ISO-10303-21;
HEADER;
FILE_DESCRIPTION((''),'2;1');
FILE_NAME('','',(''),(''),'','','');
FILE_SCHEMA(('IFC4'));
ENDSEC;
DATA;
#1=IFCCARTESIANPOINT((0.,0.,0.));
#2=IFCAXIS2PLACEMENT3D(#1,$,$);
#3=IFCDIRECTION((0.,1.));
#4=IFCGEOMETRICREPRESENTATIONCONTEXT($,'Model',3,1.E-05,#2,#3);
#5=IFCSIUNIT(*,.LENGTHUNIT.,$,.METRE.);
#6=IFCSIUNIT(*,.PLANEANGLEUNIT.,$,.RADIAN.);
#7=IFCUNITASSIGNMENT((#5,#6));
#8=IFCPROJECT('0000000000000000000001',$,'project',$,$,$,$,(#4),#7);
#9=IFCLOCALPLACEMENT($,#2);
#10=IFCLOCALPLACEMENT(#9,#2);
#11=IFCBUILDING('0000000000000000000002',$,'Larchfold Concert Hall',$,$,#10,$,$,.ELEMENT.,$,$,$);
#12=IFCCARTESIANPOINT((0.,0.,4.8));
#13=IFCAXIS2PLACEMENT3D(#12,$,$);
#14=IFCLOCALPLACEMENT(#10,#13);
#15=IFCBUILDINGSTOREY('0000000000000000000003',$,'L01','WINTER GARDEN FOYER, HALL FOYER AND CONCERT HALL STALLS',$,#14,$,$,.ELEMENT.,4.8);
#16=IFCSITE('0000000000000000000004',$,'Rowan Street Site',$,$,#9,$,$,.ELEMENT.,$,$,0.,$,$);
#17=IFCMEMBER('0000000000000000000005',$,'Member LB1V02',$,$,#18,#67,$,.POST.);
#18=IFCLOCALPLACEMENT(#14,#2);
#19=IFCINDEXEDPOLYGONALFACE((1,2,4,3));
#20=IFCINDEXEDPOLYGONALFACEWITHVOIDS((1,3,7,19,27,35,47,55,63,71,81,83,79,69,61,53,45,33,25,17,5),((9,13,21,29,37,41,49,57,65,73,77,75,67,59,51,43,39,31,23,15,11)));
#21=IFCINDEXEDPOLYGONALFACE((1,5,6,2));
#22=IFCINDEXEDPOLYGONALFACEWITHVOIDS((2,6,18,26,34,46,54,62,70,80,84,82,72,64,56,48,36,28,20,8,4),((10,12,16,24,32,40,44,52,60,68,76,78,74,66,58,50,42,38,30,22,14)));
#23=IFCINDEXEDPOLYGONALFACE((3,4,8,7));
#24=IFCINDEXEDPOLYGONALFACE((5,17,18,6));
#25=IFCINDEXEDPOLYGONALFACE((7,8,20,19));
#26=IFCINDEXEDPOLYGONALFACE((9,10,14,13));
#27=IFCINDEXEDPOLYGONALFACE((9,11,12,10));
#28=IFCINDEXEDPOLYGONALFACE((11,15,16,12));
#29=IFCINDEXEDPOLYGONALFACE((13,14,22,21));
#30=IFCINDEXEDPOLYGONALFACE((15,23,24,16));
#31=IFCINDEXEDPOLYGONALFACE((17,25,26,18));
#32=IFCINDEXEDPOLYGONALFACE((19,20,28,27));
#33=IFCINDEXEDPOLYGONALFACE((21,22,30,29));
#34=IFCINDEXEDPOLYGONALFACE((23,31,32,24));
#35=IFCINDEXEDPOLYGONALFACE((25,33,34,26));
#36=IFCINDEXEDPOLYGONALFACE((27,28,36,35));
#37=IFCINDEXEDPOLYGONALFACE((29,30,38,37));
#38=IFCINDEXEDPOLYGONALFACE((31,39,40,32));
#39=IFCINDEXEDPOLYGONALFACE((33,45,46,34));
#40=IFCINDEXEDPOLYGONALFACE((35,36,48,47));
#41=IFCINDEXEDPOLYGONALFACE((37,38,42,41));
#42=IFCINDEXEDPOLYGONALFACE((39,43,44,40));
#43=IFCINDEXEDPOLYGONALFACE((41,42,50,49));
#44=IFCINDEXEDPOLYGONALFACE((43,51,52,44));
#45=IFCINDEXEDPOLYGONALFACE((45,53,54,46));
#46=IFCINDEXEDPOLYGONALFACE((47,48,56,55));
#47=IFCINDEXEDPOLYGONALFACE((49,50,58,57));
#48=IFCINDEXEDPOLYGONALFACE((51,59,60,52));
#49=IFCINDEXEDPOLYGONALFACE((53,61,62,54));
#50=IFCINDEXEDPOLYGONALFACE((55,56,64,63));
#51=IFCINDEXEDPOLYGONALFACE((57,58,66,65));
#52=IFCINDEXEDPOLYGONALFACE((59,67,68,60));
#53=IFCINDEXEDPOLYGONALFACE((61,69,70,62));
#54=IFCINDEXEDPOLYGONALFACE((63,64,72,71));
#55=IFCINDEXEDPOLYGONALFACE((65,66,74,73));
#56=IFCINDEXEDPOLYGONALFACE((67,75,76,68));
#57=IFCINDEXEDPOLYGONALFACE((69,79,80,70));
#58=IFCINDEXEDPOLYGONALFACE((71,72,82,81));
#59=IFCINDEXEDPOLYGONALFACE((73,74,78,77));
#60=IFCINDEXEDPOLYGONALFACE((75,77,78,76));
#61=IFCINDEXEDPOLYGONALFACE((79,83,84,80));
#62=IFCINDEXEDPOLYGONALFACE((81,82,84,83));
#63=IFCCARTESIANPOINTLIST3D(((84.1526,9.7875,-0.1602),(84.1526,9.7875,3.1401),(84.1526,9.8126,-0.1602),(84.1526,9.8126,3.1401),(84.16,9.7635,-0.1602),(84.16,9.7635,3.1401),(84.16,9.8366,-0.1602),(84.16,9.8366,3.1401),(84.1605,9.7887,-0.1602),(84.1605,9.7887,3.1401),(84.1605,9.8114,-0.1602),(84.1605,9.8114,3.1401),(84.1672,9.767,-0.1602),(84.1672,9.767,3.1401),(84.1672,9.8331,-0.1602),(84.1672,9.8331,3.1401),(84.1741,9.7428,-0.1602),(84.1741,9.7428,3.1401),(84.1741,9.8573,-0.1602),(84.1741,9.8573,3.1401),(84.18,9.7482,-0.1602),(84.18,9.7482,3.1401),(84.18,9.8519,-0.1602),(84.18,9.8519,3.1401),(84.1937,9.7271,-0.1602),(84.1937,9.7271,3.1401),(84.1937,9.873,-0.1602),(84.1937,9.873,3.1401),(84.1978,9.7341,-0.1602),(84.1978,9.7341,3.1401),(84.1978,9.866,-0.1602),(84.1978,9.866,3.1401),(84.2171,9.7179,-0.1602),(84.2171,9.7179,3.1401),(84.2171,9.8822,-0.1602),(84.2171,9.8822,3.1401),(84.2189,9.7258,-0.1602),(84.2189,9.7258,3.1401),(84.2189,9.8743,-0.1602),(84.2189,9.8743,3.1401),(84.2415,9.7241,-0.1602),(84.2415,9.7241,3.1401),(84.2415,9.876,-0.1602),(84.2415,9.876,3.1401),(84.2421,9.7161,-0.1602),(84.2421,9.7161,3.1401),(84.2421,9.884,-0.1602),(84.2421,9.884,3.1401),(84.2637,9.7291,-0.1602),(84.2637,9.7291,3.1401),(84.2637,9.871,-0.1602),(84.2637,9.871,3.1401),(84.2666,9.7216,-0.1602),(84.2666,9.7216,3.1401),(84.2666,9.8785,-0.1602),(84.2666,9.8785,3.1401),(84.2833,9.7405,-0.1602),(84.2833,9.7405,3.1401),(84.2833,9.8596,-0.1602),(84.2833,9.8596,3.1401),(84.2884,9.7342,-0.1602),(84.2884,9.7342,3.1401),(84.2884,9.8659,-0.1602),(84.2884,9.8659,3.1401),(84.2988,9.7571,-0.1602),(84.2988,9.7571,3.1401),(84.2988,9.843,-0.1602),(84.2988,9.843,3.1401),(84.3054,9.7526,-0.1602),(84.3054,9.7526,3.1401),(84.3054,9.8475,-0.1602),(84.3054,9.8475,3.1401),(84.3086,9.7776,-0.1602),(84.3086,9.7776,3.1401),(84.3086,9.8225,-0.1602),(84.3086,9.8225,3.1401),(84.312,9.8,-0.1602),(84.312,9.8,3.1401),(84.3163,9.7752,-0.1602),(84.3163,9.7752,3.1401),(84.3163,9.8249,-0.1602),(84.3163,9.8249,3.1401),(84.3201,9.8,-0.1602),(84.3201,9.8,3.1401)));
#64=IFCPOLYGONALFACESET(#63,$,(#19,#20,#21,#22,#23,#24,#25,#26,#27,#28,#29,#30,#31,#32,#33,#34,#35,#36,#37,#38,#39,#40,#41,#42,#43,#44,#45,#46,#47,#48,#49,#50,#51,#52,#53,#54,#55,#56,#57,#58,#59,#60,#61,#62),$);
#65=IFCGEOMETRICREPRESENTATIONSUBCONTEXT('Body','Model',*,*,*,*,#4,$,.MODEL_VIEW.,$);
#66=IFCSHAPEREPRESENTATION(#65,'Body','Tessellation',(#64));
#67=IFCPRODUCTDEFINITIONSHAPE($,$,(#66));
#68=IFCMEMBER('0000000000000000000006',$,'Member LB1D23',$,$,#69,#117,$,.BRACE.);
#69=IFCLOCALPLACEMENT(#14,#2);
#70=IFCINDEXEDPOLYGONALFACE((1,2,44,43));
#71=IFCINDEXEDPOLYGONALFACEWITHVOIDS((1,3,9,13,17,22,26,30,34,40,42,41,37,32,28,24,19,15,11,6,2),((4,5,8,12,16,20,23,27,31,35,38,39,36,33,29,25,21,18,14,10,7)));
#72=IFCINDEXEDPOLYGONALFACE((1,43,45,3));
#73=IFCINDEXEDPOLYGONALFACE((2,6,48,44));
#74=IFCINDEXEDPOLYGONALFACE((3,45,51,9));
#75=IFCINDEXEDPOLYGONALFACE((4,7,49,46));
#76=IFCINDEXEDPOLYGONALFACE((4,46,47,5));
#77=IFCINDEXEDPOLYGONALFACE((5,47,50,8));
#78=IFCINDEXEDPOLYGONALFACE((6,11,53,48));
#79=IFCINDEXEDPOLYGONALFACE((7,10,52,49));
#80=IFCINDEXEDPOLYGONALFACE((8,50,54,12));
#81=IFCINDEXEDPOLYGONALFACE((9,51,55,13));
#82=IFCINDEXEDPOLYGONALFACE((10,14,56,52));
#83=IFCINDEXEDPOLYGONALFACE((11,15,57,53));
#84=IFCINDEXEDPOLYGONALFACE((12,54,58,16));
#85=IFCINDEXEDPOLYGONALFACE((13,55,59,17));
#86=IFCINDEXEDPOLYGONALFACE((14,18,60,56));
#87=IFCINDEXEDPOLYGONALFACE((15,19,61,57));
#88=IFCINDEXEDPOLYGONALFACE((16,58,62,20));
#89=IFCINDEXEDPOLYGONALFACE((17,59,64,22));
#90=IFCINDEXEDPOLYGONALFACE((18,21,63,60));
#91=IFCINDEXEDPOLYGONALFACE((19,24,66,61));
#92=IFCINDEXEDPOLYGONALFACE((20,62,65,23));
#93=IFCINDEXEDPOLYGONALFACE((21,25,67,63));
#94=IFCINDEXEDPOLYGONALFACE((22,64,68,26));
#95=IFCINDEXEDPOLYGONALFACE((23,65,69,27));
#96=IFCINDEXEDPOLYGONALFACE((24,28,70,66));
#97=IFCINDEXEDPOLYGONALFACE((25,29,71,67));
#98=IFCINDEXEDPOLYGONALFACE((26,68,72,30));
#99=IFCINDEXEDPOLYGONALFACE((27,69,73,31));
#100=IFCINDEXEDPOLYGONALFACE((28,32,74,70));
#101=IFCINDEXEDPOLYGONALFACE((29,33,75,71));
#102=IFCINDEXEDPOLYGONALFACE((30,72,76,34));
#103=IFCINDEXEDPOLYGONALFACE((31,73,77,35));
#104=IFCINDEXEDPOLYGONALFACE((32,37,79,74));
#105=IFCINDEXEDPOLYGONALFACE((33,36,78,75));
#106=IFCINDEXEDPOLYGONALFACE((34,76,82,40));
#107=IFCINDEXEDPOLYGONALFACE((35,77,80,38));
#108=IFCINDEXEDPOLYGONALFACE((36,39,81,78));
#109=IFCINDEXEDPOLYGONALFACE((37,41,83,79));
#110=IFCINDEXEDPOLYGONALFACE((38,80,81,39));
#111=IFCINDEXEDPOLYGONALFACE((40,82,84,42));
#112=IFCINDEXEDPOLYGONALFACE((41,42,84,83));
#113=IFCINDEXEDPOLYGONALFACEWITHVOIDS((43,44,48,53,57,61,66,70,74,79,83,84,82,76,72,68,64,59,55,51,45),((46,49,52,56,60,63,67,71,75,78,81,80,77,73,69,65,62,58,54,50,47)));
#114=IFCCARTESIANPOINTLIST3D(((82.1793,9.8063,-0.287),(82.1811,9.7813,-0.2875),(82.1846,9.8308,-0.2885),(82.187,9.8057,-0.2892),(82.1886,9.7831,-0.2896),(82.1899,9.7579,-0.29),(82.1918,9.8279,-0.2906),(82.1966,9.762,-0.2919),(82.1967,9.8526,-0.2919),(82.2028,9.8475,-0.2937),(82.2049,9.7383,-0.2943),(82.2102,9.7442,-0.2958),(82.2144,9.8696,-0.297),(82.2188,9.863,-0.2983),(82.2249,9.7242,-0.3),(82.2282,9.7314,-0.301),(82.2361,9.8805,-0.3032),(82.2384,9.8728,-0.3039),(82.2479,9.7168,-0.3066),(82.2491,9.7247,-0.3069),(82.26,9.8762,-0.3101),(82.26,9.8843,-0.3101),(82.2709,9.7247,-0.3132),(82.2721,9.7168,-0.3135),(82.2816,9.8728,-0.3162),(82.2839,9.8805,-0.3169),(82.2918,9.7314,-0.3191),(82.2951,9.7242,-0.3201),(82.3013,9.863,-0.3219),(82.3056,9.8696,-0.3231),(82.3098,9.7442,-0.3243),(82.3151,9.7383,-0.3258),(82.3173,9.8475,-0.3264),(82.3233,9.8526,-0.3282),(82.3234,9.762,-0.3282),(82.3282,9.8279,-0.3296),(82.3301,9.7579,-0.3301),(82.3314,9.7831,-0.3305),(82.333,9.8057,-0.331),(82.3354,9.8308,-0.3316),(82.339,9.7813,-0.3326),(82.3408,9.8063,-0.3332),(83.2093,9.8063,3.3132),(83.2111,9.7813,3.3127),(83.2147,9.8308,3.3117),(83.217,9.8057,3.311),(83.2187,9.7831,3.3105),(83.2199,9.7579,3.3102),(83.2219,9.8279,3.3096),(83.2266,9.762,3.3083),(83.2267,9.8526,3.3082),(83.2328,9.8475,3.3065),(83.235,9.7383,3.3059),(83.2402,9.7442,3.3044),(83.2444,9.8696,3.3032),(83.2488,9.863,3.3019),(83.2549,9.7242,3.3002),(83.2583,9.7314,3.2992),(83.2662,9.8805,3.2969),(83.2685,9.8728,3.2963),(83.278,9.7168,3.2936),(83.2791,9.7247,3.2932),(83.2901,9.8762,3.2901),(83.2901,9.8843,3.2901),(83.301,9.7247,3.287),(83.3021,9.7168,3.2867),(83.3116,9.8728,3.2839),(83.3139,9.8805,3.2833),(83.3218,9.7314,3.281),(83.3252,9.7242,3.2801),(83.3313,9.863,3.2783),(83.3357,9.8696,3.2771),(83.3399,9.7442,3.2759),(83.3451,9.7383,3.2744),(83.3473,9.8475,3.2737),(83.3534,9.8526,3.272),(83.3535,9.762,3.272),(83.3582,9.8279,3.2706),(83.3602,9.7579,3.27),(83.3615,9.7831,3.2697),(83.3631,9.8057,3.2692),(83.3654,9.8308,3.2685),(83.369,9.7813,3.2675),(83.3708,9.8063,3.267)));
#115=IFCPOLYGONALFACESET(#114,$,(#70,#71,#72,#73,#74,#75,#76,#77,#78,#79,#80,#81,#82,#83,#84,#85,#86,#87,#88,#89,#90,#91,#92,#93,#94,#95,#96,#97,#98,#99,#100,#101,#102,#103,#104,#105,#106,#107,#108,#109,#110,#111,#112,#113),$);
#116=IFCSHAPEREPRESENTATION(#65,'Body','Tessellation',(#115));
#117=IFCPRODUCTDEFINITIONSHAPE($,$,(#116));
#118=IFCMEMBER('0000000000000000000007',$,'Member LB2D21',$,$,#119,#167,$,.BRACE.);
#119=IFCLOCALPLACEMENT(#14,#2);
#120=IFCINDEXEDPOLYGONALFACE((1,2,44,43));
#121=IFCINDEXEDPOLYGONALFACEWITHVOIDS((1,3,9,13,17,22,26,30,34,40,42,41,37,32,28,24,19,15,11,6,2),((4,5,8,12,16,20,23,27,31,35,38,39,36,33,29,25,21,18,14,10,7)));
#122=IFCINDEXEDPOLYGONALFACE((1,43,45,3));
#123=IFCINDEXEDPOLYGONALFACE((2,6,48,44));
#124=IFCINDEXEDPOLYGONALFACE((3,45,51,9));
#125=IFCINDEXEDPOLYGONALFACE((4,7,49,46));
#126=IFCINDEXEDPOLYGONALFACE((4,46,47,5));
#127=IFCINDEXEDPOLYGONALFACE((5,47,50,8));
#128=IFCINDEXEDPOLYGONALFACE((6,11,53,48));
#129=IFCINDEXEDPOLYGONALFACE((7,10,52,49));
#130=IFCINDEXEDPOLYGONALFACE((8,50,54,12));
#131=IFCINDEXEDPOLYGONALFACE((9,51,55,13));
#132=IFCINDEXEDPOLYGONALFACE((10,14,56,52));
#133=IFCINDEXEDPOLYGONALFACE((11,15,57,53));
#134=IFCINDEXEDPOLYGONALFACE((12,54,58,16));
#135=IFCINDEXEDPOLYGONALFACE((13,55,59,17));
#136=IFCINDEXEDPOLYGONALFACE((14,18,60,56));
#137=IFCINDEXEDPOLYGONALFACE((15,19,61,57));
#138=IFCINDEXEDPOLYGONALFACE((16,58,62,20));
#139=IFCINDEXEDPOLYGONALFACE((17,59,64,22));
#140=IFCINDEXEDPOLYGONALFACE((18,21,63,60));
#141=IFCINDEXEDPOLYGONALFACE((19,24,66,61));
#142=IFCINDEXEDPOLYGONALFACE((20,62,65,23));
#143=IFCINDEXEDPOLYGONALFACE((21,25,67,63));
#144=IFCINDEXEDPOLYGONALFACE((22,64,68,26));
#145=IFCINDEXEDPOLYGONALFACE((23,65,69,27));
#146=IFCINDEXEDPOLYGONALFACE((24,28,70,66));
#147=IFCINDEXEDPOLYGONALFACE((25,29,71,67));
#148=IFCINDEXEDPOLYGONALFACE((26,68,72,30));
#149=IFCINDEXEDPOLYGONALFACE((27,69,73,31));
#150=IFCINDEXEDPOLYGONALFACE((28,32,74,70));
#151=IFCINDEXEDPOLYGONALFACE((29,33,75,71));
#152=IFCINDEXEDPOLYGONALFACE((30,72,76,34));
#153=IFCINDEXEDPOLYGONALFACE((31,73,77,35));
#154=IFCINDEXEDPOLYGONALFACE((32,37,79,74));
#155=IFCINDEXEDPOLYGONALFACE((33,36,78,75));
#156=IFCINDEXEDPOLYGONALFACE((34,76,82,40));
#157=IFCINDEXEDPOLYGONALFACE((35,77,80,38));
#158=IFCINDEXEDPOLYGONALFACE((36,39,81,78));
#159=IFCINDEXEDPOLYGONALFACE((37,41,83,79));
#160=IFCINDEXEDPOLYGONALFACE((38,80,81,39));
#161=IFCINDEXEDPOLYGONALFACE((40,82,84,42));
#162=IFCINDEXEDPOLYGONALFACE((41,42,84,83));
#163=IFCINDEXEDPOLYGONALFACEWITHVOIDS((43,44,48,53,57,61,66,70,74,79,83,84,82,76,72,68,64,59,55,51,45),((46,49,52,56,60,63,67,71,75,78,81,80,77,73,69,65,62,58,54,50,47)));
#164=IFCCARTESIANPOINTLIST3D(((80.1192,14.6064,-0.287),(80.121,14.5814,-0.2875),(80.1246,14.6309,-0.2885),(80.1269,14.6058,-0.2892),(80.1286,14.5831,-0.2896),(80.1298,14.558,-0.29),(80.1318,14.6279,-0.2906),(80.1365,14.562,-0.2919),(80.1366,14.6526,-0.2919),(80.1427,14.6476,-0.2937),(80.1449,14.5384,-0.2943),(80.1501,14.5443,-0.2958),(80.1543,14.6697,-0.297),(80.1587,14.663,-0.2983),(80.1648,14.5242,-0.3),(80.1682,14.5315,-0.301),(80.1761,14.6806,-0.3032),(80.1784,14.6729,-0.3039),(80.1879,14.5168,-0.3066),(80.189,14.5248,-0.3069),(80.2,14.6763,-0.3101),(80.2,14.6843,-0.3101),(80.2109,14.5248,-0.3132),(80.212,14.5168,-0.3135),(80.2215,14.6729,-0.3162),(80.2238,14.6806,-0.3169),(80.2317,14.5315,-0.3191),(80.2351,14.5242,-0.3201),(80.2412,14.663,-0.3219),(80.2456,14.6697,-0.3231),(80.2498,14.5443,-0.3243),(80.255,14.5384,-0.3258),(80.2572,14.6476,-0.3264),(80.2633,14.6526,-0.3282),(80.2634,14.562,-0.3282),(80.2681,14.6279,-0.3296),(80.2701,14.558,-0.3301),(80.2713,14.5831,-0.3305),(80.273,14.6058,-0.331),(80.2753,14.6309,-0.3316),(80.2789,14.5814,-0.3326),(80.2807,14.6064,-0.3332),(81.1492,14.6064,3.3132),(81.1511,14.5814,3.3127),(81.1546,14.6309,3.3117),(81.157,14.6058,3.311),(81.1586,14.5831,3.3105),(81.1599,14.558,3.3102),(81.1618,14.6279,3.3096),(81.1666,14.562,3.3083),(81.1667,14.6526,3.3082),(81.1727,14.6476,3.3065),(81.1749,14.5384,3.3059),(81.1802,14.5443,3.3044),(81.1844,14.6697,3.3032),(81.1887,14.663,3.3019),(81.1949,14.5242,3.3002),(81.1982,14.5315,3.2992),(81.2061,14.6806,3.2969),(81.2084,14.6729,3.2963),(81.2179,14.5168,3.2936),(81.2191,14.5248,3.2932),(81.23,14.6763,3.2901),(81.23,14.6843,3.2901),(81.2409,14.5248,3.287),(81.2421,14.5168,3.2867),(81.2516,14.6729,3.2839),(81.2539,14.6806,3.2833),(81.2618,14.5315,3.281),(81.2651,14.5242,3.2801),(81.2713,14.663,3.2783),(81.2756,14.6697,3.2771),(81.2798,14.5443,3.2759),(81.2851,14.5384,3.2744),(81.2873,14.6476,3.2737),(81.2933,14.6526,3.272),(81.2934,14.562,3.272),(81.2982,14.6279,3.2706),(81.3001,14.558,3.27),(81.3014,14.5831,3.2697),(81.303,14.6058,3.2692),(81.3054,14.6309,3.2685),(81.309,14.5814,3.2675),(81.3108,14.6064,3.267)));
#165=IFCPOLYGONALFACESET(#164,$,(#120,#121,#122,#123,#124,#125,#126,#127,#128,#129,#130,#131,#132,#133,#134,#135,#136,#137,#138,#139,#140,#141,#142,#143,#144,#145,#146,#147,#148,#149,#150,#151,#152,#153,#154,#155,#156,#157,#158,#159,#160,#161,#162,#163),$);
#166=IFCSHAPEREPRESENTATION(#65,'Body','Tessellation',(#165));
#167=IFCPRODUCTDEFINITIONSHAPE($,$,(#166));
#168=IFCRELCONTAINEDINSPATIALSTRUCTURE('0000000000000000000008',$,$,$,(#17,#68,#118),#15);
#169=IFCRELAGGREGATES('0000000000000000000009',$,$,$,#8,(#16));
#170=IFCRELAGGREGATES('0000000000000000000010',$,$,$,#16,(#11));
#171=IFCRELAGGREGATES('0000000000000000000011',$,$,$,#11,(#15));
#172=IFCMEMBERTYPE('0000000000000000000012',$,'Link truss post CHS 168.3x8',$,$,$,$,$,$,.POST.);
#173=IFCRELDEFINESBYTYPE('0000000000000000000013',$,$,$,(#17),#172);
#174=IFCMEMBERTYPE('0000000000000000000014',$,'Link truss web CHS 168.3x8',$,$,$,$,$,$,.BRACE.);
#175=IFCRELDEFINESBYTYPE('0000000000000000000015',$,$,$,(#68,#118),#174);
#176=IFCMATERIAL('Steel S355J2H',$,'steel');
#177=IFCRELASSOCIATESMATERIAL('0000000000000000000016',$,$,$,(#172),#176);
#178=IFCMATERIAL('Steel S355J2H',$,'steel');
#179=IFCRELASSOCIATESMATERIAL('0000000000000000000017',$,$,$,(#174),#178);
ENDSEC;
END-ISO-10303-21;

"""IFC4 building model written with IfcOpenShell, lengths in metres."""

from ifc_helpers import new_model, si_unit, direction, frame, origin, origin_2d, place, context, subcontext, project, spatial, hollow_circle, extrude, material, material_profile, profile_set, type_object, element, save


model = new_model("IFC4")

# Units and contexts
model_context = context("Model", 3, precision=1e-05, world=origin(), true_north=direction((0.0, 1.0)))
body_context = subcontext(model_context, "Body", "Model", "MODEL_VIEW")
ifc_project = project(units=[si_unit("LENGTHUNIT", "METRE"), si_unit("PLANEANGLEUNIT", "RADIAN")], contexts=[model_context])

# Site, building, storey
site_placement = place(None, origin())
site = spatial("IfcSite", under=ifc_project, at=site_placement, Name="Rowan Street Site", CompositionType="ELEMENT", RefElevation=0.0)
building_placement = place(site_placement, origin())
building = spatial("IfcBuilding", under=site, at=building_placement, Name="Larchfold Concert Hall", CompositionType="ELEMENT")
storey_placement = place(building_placement, frame((0.0, 0.0, 4.8)))
storey = spatial("IfcBuildingStorey", under=building, at=storey_placement, Name="L01", Description="WINTER GARDEN FOYER, HALL FOYER AND CONCERT HALL STALLS", CompositionType="ELEMENT", Elevation=4.8)

# Members
ifc_material_1 = material(Name="Steel S355J2H", Category="steel")
ifc_material_profile_1 = material_profile(ifc_material_1, hollow_circle(Radius=0.0842, WallThickness=0.0081, at=origin_2d()))
ifc_profile_set_1 = profile_set([ifc_material_profile_1], Name="Steel S355J2H")
member_type_1 = type_object("IfcMemberType", Name="Link truss post CHS 168.3x8", PredefinedType="POST", material=ifc_profile_set_1)
member_placement = place(storey_placement, frame((84.2358, 9.8, -0.1602), z_axis=(0.0, 0.0, 1.0), x_axis=(1.0, 0.0, 0.0)))
element("IfcMember", 1, at=member_placement, inside=storey, type_object=member_type_1, Name="Member LB1V02", PredefinedType="POST", context=body_context, shape_type="SweptSolid", body=[
    extrude(hollow_circle(Radius=0.0842, WallThickness=0.0081, at=origin_2d()), origin(), (0.0, 0.0, 1.0), 3.3003),
])
ifc_material_2 = material(Name="Steel S355J2H", Category="steel")
ifc_material_profile_2 = material_profile(ifc_material_2, hollow_circle(Radius=0.0842, WallThickness=0.0081, at=origin_2d()))
ifc_profile_set_2 = profile_set([ifc_material_profile_2], Name="Steel S355J2H")
member_type_2 = type_object("IfcMemberType", Name="Link truss web CHS 168.3x8", PredefinedType="BRACE", material=ifc_profile_set_2)
for number, where, z_axis, x_axis, name in (
    (2, (82.26, 9.8, -0.3101), (0.275074, 0.0, 0.961423), (0.0, 1.0, 0.0), "Member LB1D23"),
    (3, (80.2, 14.6001, -0.3101), (0.275074, 0.0, 0.961423), (0.0, 1.0, 0.0), "Member LB2D21"),
):
    element("IfcMember", number, at=place(storey_placement, frame(where, z_axis=z_axis, x_axis=x_axis)), inside=storey, type_object=member_type_2, Name=name, PredefinedType="BRACE", context=body_context, shape_type="SweptSolid", body=[
        extrude(hollow_circle(Radius=0.0842, WallThickness=0.0081, at=origin_2d()), origin(), (0.0, 0.0, 1.0), 3.7446),
    ])

save(model, "model.ifc")
